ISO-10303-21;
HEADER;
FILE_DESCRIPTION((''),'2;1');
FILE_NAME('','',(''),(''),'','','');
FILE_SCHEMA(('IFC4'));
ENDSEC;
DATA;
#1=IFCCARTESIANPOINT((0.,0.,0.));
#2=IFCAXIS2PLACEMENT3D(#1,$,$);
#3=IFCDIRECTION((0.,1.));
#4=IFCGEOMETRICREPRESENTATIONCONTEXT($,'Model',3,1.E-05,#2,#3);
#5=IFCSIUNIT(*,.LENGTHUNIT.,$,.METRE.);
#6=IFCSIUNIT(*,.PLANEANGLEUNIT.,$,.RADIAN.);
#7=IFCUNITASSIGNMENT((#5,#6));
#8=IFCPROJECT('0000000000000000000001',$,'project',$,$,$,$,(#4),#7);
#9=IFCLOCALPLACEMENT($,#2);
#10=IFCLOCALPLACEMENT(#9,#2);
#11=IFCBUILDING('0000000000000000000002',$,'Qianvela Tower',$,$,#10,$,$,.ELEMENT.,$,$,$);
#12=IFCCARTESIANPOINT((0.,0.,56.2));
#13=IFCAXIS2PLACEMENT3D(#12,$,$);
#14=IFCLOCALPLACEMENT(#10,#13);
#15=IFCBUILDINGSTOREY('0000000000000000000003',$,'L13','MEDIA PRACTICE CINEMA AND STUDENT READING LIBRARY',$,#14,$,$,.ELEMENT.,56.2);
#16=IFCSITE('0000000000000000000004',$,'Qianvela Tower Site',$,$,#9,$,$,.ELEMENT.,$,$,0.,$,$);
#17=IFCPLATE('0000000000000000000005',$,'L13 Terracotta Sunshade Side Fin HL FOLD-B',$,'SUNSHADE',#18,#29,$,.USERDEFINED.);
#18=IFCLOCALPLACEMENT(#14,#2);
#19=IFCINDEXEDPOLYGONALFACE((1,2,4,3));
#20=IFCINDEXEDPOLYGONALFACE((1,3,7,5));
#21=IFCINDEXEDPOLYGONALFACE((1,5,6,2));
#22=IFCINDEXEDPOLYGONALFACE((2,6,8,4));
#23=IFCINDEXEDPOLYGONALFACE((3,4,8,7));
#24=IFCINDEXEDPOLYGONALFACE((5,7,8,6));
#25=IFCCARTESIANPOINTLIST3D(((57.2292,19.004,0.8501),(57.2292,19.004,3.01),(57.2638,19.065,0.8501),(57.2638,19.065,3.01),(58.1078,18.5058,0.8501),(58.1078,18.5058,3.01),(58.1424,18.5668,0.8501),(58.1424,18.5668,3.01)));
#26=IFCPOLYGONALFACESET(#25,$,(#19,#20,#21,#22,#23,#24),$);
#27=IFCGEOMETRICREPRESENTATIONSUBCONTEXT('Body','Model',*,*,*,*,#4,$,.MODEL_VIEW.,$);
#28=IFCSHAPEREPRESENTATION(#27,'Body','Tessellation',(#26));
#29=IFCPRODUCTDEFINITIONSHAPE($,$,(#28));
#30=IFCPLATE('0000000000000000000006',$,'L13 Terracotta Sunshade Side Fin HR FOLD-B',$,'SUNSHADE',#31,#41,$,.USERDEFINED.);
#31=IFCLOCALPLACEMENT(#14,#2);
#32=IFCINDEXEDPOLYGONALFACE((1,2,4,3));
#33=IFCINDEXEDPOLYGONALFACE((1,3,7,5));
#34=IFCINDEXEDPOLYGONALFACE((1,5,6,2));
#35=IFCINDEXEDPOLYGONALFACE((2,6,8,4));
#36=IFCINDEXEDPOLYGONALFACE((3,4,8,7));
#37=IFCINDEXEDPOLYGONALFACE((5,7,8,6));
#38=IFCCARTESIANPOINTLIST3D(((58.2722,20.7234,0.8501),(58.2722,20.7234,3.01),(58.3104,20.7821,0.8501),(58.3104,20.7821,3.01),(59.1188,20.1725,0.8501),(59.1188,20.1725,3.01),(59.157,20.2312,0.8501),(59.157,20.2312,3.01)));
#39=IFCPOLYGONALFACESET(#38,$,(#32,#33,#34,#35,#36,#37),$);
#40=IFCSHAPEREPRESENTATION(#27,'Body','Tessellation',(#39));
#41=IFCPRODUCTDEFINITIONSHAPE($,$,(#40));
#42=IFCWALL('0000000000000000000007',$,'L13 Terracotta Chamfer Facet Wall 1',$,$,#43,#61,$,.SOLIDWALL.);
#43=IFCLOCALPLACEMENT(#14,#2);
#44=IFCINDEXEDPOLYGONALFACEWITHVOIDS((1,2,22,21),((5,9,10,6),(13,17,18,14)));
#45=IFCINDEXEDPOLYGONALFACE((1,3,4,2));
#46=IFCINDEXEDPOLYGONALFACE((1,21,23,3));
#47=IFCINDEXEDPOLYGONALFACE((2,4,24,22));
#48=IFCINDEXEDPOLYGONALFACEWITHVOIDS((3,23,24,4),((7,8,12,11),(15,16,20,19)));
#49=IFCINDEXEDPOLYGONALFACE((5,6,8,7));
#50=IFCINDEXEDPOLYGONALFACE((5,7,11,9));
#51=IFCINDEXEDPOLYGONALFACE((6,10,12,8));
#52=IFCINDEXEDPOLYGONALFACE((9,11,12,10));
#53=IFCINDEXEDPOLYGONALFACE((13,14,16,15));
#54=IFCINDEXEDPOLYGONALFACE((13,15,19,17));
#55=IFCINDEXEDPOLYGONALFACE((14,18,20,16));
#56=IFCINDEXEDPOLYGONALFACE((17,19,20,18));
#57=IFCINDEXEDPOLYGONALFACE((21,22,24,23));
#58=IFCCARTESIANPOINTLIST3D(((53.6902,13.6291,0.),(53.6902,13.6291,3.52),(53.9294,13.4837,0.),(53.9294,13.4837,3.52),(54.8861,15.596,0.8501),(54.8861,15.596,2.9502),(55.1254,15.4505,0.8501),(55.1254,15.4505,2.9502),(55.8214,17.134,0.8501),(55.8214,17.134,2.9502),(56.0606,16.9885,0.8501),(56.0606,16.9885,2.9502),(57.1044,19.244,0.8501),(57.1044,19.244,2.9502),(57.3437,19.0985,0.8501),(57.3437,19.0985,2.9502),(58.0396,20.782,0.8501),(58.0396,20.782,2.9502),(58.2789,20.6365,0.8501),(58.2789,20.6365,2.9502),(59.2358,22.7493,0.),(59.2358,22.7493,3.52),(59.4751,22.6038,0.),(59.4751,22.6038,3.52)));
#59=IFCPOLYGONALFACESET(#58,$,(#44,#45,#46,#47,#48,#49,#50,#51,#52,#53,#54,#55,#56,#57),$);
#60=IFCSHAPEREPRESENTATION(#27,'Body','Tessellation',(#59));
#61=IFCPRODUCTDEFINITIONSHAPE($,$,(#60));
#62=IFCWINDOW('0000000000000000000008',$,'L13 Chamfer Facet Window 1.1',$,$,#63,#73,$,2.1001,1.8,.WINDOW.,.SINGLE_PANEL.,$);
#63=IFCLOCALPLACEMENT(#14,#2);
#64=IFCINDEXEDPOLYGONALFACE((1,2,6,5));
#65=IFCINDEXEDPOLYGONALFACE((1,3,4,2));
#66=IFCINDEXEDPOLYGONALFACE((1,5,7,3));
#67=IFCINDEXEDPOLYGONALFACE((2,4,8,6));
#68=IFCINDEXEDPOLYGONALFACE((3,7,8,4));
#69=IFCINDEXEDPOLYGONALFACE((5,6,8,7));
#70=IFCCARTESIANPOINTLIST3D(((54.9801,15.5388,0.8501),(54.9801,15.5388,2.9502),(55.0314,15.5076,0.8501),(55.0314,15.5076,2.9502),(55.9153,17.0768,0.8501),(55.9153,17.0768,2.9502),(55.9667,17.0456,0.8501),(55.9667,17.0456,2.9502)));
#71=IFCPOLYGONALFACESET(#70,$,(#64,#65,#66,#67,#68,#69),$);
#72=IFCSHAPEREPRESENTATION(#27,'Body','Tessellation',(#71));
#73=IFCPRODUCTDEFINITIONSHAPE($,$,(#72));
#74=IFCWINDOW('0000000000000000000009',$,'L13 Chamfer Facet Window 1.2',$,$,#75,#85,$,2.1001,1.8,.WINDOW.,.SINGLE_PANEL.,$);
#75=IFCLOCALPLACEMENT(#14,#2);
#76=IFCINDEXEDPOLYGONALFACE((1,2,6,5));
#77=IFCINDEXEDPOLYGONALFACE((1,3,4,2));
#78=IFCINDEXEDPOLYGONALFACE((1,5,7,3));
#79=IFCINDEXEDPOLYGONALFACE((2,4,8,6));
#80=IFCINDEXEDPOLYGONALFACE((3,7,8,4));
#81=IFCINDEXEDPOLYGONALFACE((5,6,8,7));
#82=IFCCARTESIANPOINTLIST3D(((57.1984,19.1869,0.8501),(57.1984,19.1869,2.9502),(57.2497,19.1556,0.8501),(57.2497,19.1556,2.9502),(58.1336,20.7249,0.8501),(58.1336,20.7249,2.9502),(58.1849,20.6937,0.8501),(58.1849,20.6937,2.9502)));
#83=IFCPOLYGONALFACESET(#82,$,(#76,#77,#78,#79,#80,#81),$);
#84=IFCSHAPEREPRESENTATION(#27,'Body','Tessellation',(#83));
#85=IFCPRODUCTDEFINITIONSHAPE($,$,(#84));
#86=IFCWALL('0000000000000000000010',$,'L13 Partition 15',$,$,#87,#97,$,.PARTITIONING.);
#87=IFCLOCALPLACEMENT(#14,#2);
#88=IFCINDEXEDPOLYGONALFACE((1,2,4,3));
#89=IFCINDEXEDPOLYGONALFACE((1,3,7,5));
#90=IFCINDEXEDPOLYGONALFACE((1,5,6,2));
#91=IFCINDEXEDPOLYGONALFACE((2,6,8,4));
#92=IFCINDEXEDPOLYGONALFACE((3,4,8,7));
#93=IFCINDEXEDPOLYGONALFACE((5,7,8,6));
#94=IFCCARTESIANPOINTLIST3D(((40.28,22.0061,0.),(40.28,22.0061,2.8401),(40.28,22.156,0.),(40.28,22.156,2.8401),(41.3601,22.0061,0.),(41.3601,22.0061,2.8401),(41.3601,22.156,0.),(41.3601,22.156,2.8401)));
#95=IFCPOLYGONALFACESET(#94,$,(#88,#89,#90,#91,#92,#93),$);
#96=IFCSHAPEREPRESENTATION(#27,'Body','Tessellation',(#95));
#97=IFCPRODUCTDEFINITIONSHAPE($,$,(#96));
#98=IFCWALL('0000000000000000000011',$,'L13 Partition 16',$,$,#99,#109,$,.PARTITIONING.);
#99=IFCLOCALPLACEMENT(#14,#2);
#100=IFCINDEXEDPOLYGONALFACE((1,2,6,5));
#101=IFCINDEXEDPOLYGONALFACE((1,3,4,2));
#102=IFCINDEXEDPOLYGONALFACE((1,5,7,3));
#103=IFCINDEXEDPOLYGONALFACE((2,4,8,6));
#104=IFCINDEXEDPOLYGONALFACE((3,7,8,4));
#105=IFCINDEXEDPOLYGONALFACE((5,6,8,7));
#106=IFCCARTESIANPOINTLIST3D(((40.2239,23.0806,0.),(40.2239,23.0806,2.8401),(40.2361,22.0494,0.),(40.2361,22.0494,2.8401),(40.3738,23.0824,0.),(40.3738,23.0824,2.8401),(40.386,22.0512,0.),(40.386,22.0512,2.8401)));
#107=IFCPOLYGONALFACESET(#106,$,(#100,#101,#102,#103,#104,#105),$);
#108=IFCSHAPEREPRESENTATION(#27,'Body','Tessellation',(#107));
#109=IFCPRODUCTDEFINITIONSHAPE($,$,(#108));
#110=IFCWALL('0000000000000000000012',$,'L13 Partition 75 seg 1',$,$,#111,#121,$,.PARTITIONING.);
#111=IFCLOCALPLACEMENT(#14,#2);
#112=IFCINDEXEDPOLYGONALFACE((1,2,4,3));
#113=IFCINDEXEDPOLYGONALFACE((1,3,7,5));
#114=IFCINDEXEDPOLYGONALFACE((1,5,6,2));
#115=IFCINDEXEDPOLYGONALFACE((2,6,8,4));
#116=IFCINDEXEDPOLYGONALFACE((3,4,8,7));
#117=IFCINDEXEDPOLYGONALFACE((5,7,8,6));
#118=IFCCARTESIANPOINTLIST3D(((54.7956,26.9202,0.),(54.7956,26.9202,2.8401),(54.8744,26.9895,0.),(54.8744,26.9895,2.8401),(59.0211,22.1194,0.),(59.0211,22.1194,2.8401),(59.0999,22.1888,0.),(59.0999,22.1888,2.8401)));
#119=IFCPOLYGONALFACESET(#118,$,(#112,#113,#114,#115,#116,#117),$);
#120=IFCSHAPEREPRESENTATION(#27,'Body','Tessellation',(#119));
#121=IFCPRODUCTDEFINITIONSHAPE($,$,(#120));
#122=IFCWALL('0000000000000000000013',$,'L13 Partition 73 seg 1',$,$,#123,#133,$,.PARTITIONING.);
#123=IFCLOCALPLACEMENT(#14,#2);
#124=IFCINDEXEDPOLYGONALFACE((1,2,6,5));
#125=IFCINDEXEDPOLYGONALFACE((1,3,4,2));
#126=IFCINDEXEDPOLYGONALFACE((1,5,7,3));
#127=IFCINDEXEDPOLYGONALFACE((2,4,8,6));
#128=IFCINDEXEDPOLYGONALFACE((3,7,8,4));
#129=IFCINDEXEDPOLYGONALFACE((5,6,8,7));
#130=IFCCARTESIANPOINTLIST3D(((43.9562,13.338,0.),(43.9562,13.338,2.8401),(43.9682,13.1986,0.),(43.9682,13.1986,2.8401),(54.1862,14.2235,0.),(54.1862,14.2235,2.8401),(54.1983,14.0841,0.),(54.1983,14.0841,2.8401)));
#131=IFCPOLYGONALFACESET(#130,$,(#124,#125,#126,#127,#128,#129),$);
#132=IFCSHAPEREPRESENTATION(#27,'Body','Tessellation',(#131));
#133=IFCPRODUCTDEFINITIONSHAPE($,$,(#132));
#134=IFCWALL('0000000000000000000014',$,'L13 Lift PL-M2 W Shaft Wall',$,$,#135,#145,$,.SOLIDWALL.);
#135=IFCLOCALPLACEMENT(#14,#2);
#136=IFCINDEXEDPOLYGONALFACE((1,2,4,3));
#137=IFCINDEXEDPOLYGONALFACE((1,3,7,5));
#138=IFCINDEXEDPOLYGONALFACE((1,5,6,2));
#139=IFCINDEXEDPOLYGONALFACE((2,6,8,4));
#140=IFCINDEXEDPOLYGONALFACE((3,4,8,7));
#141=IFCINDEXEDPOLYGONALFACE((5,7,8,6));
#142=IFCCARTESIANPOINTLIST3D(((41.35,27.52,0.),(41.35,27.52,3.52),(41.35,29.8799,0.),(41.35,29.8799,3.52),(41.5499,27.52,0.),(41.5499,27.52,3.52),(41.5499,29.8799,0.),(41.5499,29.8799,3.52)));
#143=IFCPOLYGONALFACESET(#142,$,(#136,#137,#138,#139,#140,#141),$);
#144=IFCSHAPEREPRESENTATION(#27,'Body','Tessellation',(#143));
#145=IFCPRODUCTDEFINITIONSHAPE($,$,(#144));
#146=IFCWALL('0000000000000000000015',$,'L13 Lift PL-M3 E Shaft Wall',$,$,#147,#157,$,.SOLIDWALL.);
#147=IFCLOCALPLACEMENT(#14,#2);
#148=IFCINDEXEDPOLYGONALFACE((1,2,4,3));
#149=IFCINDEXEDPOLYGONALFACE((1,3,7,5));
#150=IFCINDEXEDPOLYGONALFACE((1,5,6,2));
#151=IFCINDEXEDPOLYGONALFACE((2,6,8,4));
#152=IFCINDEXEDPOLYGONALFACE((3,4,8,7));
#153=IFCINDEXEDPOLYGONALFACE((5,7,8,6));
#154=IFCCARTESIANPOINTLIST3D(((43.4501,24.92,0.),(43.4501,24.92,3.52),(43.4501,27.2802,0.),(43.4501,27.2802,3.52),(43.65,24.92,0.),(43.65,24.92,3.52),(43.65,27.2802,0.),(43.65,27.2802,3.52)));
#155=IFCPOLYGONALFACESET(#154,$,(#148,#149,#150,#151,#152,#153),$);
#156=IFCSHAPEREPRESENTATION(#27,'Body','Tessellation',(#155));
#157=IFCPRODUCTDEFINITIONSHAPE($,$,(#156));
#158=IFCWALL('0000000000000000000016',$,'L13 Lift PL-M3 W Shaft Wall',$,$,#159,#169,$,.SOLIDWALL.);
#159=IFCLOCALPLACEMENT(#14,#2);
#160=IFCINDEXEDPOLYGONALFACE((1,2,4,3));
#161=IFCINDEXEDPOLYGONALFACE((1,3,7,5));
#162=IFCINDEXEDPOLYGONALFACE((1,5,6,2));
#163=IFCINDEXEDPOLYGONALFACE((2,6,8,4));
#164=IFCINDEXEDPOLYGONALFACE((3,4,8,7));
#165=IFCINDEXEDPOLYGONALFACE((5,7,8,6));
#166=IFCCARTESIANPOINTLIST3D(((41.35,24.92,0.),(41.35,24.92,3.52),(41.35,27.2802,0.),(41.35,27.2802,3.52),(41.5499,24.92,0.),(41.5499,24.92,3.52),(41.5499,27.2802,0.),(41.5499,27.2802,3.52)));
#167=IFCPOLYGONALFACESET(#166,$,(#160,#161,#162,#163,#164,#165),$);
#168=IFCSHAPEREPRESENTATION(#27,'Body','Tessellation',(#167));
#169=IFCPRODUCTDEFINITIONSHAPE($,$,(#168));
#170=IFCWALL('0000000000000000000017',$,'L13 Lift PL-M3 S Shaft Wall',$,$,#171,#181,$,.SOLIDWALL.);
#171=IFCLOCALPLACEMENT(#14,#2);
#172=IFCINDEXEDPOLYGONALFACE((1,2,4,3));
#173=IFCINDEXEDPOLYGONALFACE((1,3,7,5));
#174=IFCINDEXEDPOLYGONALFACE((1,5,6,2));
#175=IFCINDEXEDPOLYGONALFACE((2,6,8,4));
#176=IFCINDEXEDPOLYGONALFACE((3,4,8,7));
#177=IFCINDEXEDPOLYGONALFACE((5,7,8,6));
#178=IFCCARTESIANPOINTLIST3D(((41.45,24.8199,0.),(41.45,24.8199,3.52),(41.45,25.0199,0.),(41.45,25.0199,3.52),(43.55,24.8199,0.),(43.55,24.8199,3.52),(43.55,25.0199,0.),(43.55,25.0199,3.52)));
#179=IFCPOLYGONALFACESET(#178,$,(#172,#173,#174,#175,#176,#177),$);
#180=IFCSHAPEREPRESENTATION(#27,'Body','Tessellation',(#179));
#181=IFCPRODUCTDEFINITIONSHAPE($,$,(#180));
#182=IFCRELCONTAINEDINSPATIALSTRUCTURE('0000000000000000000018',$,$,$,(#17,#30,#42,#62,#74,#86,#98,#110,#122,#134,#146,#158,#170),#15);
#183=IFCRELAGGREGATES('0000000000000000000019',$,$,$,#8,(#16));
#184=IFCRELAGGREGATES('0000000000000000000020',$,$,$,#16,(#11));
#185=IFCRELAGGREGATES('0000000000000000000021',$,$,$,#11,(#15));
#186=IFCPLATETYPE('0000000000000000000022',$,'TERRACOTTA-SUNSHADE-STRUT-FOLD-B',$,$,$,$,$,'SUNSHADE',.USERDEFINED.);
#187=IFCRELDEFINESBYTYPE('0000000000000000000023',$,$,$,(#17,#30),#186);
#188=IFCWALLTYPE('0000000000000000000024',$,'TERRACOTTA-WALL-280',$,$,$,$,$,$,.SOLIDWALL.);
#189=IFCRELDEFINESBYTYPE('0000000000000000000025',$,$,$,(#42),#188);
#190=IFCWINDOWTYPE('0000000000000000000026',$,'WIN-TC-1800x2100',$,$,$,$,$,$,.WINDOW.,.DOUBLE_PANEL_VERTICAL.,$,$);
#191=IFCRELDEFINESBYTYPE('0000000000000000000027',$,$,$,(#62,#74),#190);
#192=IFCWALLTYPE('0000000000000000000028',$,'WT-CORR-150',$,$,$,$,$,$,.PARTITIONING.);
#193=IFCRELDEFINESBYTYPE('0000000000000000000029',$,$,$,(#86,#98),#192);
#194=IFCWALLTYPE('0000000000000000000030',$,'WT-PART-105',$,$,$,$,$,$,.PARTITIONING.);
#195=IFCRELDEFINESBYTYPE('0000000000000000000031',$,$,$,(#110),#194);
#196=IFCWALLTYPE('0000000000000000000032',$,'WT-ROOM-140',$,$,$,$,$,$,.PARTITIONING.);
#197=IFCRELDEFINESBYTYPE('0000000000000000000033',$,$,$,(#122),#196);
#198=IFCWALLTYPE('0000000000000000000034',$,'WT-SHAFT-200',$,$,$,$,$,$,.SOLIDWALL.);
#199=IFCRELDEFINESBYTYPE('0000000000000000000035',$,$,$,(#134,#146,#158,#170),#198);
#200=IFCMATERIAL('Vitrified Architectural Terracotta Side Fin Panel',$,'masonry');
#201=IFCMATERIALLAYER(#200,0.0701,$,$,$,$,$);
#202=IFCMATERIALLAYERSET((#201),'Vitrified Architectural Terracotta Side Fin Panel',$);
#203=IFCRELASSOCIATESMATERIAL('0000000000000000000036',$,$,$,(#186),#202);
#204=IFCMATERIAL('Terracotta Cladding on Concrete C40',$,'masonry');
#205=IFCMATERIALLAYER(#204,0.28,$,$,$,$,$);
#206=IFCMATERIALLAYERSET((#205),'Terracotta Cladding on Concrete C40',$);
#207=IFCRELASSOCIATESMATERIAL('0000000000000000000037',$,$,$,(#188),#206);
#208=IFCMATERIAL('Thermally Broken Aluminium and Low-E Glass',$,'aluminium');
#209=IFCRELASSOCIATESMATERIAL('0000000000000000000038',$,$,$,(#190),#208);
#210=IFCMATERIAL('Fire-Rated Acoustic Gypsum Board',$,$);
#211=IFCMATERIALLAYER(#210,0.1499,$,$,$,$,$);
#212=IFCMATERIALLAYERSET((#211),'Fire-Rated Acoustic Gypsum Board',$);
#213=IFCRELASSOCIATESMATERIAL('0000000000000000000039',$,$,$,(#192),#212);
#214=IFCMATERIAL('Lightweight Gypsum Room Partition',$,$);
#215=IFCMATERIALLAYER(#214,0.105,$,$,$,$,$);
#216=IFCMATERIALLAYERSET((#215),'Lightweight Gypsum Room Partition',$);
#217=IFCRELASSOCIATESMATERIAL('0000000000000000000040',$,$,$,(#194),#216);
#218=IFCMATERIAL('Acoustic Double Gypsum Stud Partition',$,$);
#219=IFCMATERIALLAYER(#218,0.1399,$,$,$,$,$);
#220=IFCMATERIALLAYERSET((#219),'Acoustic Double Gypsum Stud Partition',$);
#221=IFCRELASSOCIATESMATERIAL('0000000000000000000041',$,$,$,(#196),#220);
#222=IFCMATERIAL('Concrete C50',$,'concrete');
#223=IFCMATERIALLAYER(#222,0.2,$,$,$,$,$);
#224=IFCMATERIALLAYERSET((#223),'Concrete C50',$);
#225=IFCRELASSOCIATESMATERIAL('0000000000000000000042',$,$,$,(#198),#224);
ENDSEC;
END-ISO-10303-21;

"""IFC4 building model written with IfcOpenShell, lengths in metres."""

from ifc_helpers import new_model, si_unit, direction, frame, frame_2d, origin, origin_2d, place, context, subcontext, project, spatial, rectangle, extrude, material, layer, layer_set, type_object, element, fill, save


model = new_model("IFC4")

# Units and contexts
model_context = context("Model", 3, precision=1e-05, world=origin(), true_north=direction((0.0, 1.0)))
body_context = subcontext(model_context, "Body", "Model", "MODEL_VIEW")
ifc_project = project(units=[si_unit("LENGTHUNIT", "METRE"), si_unit("PLANEANGLEUNIT", "RADIAN")], contexts=[model_context])

# Site, building, storey
site_placement = place(None, origin())
site = spatial("IfcSite", under=ifc_project, at=site_placement, Name="Qianvela Tower Site", CompositionType="ELEMENT", RefElevation=0.0)
building_placement = place(site_placement, origin())
building = spatial("IfcBuilding", under=site, at=building_placement, Name="Qianvela Tower", CompositionType="ELEMENT")
storey_placement = place(building_placement, frame((0.0, 0.0, 56.2)))
storey = spatial("IfcBuildingStorey", under=building, at=storey_placement, Name="L13", Description="MEDIA PRACTICE CINEMA AND STUDENT READING LIBRARY", CompositionType="ELEMENT", Elevation=56.2)

# Plates
ifc_material_1 = material(Name="Vitrified Architectural Terracotta Side Fin Panel", Category="masonry")
ifc_layer_1 = layer(ifc_material_1, 0.0701)
ifc_layer_set_1 = layer_set([ifc_layer_1], Name="Vitrified Architectural Terracotta Side Fin Panel")
plate_type_1 = type_object("IfcPlateType", Name="TERRACOTTA-SUNSHADE-STRUT-FOLD-B", ElementType="SUNSHADE", PredefinedType="USERDEFINED", material=ifc_layer_set_1)
for number, where, z_axis, x_axis, name in (
    (1, (57.6858, 18.7854, 0.8501), (0.0, 0.0, 1.0), (0.493233, 0.869897, 0.0), "L13 Terracotta Sunshade Side Fin HL FOLD-B"),
    (2, (58.7146, 20.4773, 0.8501), (0.0, 0.0, 1.0), (0.545419, 0.838164, 0.0), "L13 Terracotta Sunshade Side Fin HR FOLD-B"),
):
    element("IfcPlate", number, at=place(storey_placement, frame(where, z_axis=z_axis, x_axis=x_axis)), inside=storey, type_object=plate_type_1, Name=name, ObjectType="SUNSHADE", PredefinedType="USERDEFINED", context=body_context, shape_type="SweptSolid", body=[
        extrude(rectangle(XDim=0.0701, YDim=1.01, at=origin_2d()), origin(), (0.0, 0.0, 1.0), 2.1599),
    ])

# Wall, openings, windows
ifc_material_2 = material(Name="Terracotta Cladding on Concrete C40", Category="masonry")
ifc_layer_2 = layer(ifc_material_2, 0.28)
ifc_layer_set_2 = layer_set([ifc_layer_2], Name="Terracotta Cladding on Concrete C40")
wall_type_1 = type_object("IfcWallType", Name="TERRACOTTA-WALL-280", PredefinedType="SOLIDWALL", material=ifc_layer_set_2)
wall_1_placement = place(storey_placement, frame((53.8098, 13.5564, 0.0), z_axis=(0.0, 0.0, 1.0), x_axis=(0.519556, 0.854437, 0.0)))
wall_1 = element("IfcWall", 3, at=wall_1_placement, inside=storey, type_object=wall_type_1, Name="L13 Terracotta Chamfer Facet Wall 1", PredefinedType="SOLIDWALL", context=body_context, shape_type="SweptSolid", body=[
    extrude(rectangle(XDim=10.6738, YDim=0.28, at=frame_2d((5.3369, 0.0))), origin(), (0.0, 0.0, 1.0), 3.52),
])
opening_1_placement = place(wall_1_placement, frame((2.302, 0.0, 0.8501)))
opening_1 = element("IfcOpeningElement", 4, at=opening_1_placement, cuts=wall_1, PredefinedType="OPENING", context=body_context, shape_type="SweptSolid", body=[
    extrude(rectangle(XDim=1.8, YDim=2.1001, at=frame_2d((0.8999, 1.05))), frame((0.0, 0.1499, 0.0), z_axis=(0.0, -1.0, 0.0), x_axis=(1.0, 0.0, 0.0)), (0.0, 0.0, 1.0), 0.3),
])
opening_2_placement = place(wall_1_placement, frame((6.5715, 0.0, 0.8501)))
opening_2 = element("IfcOpeningElement", 5, at=opening_2_placement, cuts=wall_1, PredefinedType="OPENING", context=body_context, shape_type="SweptSolid", body=[
    extrude(rectangle(XDim=1.8, YDim=2.1001, at=frame_2d((0.8999, 1.05))), frame((0.0, 0.1499, 0.0), z_axis=(0.0, -1.0, 0.0), x_axis=(1.0, 0.0, 0.0)), (0.0, 0.0, 1.0), 0.3),
])
ifc_material_3 = material(Name="Thermally Broken Aluminium and Low-E Glass", Category="aluminium")
window_type = type_object("IfcWindowType", Name="WIN-TC-1800x2100", PartitioningType="DOUBLE_PANEL_VERTICAL", PredefinedType="WINDOW", material=ifc_material_3)
window_1_placement = place(opening_1_placement, origin())
window_1 = element("IfcWindow", 6, at=window_1_placement, inside=storey, type_object=window_type, Name="L13 Chamfer Facet Window 1.1", OverallHeight=2.1001, OverallWidth=1.8, PartitioningType="SINGLE_PANEL", PredefinedType="WINDOW", context=body_context, shape_type="SweptSolid", body=[
    extrude(rectangle(XDim=1.8, YDim=2.1001, at=frame_2d((0.8999, 1.05))), frame((0.0, 0.03, 0.0), z_axis=(0.0, -1.0, 0.0), x_axis=(1.0, 0.0, 0.0)), (0.0, 0.0, 1.0), 0.0601),
])
fill(opening_1, window_1)
window_2_placement = place(opening_2_placement, origin())
window_2 = element("IfcWindow", 7, at=window_2_placement, inside=storey, type_object=window_type, Name="L13 Chamfer Facet Window 1.2", OverallHeight=2.1001, OverallWidth=1.8, PartitioningType="SINGLE_PANEL", PredefinedType="WINDOW", context=body_context, shape_type="SweptSolid", body=[
    extrude(rectangle(XDim=1.8, YDim=2.1001, at=frame_2d((0.8999, 1.05))), frame((0.0, 0.03, 0.0), z_axis=(0.0, -1.0, 0.0), x_axis=(1.0, 0.0, 0.0)), (0.0, 0.0, 1.0), 0.0601),
])
fill(opening_2, window_2)

# Walls
ifc_material_4 = material(Name="Fire-Rated Acoustic Gypsum Board")
ifc_layer_3 = layer(ifc_material_4, 0.1499)
ifc_layer_set_3 = layer_set([ifc_layer_3], Name="Fire-Rated Acoustic Gypsum Board")
wall_type_2 = type_object("IfcWallType", Name="WT-CORR-150", PredefinedType="PARTITIONING", material=ifc_layer_set_3)
wall_2_placement = place(storey_placement, frame((41.3601, 22.0811, 0.0), z_axis=(0.0, 0.0, 1.0), x_axis=(-1.0, 0.0, 0.0)))
element("IfcWall", 8, at=wall_2_placement, inside=storey, type_object=wall_type_2, Name="L13 Partition 15", PredefinedType="PARTITIONING", context=body_context, shape_type="SweptSolid", body=[
    extrude(rectangle(XDim=1.0801, YDim=0.1499, at=frame_2d((0.54, 0.0))), origin(), (0.0, 0.0, 1.0), 2.8401),
])
wall_3_placement = place(storey_placement, frame((40.311, 22.0503, 0.0), z_axis=(0.0, 0.0, 1.0), x_axis=(-0.011836, 0.99993, 0.0)))
element("IfcWall", 9, at=wall_3_placement, inside=storey, type_object=wall_type_2, Name="L13 Partition 16", PredefinedType="PARTITIONING", context=body_context, shape_type="SweptSolid", body=[
    extrude(rectangle(XDim=1.0312, YDim=0.1499, at=frame_2d((0.5156, 0.0))), origin(), (0.0, 0.0, 1.0), 2.8401),
])
ifc_material_5 = material(Name="Lightweight Gypsum Room Partition")
ifc_layer_4 = layer(ifc_material_5, 0.105)
ifc_layer_set_4 = layer_set([ifc_layer_4], Name="Lightweight Gypsum Room Partition")
wall_type_3 = type_object("IfcWallType", Name="WT-PART-105", PredefinedType="PARTITIONING", material=ifc_layer_set_4)
wall_4_placement = place(storey_placement, frame((54.835, 26.9548, 0.0), z_axis=(0.0, 0.0, 1.0), x_axis=(0.660707, -0.750644, 0.0)))
element("IfcWall", 10, at=wall_4_placement, inside=storey, type_object=wall_type_3, Name="L13 Partition 75 seg 1", PredefinedType="PARTITIONING", context=body_context, shape_type="SweptSolid", body=[
    extrude(rectangle(XDim=6.3955, YDim=0.105, at=frame_2d((3.1978, 0.0))), origin(), (0.0, 0.0, 1.0), 2.8401),
])
ifc_material_6 = material(Name="Acoustic Double Gypsum Stud Partition")
ifc_layer_5 = layer(ifc_material_6, 0.1399)
ifc_layer_set_5 = layer_set([ifc_layer_5], Name="Acoustic Double Gypsum Stud Partition")
wall_type_4 = type_object("IfcWallType", Name="WT-ROOM-140", PredefinedType="PARTITIONING", material=ifc_layer_set_5)
wall_5_placement = place(storey_placement, frame((54.1924, 14.1538, 0.0), z_axis=(0.0, 0.0, 1.0), x_axis=(-0.996275, -0.086237, 0.0)))
element("IfcWall", 11, at=wall_5_placement, inside=storey, type_object=wall_type_4, Name="L13 Partition 73 seg 1", PredefinedType="PARTITIONING", context=body_context, shape_type="SweptSolid", body=[
    extrude(rectangle(XDim=10.2683, YDim=0.1399, at=frame_2d((5.1343, 0.0))), origin(), (0.0, 0.0, 1.0), 2.8401),
])
ifc_material_7 = material(Name="Concrete C50", Category="concrete")
ifc_layer_6 = layer(ifc_material_7, 0.2)
ifc_layer_set_6 = layer_set([ifc_layer_6], Name="Concrete C50")
wall_type_5 = type_object("IfcWallType", Name="WT-SHAFT-200", PredefinedType="SOLIDWALL", material=ifc_layer_set_6)
wall_6_placement = place(storey_placement, frame((41.45, 27.52, 0.0), z_axis=(0.0, 0.0, 1.0), x_axis=(0.0, 1.0, 0.0)))
element("IfcWall", 12, at=wall_6_placement, inside=storey, type_object=wall_type_5, Name="L13 Lift PL-M2 W Shaft Wall", PredefinedType="SOLIDWALL", context=body_context, shape_type="SweptSolid", body=[
    extrude(rectangle(XDim=2.3599, YDim=0.2, at=frame_2d((1.1799, 0.0))), origin(), (0.0, 0.0, 1.0), 3.52),
])
for number, where, z_axis, x_axis, name in (
    (13, (43.55, 24.9199, 0.0), (0.0, 0.0, 1.0), (0.0, 1.0, 0.0), "L13 Lift PL-M3 E Shaft Wall"),
    (14, (41.45, 24.9199, 0.0), (0.0, 0.0, 1.0), (0.0, 1.0, 0.0), "L13 Lift PL-M3 W Shaft Wall"),
):
    element("IfcWall", number, at=place(storey_placement, frame(where, z_axis=z_axis, x_axis=x_axis)), inside=storey, type_object=wall_type_5, Name=name, PredefinedType="SOLIDWALL", context=body_context, shape_type="SweptSolid", body=[
        extrude(rectangle(XDim=2.3601, YDim=0.2, at=frame_2d((1.1802, 0.0))), origin(), (0.0, 0.0, 1.0), 3.52),
    ])
wall_7_placement = place(storey_placement, frame((41.45, 24.9199, 0.0), z_axis=(0.0, 0.0, 1.0), x_axis=(1.0, 0.0, 0.0)))
element("IfcWall", 15, at=wall_7_placement, inside=storey, type_object=wall_type_5, Name="L13 Lift PL-M3 S Shaft Wall", PredefinedType="SOLIDWALL", context=body_context, shape_type="SweptSolid", body=[
    extrude(rectangle(XDim=2.1001, YDim=0.2, at=frame_2d((1.05, 0.0))), origin(), (0.0, 0.0, 1.0), 3.52),
])

save(model, "model.ifc")
